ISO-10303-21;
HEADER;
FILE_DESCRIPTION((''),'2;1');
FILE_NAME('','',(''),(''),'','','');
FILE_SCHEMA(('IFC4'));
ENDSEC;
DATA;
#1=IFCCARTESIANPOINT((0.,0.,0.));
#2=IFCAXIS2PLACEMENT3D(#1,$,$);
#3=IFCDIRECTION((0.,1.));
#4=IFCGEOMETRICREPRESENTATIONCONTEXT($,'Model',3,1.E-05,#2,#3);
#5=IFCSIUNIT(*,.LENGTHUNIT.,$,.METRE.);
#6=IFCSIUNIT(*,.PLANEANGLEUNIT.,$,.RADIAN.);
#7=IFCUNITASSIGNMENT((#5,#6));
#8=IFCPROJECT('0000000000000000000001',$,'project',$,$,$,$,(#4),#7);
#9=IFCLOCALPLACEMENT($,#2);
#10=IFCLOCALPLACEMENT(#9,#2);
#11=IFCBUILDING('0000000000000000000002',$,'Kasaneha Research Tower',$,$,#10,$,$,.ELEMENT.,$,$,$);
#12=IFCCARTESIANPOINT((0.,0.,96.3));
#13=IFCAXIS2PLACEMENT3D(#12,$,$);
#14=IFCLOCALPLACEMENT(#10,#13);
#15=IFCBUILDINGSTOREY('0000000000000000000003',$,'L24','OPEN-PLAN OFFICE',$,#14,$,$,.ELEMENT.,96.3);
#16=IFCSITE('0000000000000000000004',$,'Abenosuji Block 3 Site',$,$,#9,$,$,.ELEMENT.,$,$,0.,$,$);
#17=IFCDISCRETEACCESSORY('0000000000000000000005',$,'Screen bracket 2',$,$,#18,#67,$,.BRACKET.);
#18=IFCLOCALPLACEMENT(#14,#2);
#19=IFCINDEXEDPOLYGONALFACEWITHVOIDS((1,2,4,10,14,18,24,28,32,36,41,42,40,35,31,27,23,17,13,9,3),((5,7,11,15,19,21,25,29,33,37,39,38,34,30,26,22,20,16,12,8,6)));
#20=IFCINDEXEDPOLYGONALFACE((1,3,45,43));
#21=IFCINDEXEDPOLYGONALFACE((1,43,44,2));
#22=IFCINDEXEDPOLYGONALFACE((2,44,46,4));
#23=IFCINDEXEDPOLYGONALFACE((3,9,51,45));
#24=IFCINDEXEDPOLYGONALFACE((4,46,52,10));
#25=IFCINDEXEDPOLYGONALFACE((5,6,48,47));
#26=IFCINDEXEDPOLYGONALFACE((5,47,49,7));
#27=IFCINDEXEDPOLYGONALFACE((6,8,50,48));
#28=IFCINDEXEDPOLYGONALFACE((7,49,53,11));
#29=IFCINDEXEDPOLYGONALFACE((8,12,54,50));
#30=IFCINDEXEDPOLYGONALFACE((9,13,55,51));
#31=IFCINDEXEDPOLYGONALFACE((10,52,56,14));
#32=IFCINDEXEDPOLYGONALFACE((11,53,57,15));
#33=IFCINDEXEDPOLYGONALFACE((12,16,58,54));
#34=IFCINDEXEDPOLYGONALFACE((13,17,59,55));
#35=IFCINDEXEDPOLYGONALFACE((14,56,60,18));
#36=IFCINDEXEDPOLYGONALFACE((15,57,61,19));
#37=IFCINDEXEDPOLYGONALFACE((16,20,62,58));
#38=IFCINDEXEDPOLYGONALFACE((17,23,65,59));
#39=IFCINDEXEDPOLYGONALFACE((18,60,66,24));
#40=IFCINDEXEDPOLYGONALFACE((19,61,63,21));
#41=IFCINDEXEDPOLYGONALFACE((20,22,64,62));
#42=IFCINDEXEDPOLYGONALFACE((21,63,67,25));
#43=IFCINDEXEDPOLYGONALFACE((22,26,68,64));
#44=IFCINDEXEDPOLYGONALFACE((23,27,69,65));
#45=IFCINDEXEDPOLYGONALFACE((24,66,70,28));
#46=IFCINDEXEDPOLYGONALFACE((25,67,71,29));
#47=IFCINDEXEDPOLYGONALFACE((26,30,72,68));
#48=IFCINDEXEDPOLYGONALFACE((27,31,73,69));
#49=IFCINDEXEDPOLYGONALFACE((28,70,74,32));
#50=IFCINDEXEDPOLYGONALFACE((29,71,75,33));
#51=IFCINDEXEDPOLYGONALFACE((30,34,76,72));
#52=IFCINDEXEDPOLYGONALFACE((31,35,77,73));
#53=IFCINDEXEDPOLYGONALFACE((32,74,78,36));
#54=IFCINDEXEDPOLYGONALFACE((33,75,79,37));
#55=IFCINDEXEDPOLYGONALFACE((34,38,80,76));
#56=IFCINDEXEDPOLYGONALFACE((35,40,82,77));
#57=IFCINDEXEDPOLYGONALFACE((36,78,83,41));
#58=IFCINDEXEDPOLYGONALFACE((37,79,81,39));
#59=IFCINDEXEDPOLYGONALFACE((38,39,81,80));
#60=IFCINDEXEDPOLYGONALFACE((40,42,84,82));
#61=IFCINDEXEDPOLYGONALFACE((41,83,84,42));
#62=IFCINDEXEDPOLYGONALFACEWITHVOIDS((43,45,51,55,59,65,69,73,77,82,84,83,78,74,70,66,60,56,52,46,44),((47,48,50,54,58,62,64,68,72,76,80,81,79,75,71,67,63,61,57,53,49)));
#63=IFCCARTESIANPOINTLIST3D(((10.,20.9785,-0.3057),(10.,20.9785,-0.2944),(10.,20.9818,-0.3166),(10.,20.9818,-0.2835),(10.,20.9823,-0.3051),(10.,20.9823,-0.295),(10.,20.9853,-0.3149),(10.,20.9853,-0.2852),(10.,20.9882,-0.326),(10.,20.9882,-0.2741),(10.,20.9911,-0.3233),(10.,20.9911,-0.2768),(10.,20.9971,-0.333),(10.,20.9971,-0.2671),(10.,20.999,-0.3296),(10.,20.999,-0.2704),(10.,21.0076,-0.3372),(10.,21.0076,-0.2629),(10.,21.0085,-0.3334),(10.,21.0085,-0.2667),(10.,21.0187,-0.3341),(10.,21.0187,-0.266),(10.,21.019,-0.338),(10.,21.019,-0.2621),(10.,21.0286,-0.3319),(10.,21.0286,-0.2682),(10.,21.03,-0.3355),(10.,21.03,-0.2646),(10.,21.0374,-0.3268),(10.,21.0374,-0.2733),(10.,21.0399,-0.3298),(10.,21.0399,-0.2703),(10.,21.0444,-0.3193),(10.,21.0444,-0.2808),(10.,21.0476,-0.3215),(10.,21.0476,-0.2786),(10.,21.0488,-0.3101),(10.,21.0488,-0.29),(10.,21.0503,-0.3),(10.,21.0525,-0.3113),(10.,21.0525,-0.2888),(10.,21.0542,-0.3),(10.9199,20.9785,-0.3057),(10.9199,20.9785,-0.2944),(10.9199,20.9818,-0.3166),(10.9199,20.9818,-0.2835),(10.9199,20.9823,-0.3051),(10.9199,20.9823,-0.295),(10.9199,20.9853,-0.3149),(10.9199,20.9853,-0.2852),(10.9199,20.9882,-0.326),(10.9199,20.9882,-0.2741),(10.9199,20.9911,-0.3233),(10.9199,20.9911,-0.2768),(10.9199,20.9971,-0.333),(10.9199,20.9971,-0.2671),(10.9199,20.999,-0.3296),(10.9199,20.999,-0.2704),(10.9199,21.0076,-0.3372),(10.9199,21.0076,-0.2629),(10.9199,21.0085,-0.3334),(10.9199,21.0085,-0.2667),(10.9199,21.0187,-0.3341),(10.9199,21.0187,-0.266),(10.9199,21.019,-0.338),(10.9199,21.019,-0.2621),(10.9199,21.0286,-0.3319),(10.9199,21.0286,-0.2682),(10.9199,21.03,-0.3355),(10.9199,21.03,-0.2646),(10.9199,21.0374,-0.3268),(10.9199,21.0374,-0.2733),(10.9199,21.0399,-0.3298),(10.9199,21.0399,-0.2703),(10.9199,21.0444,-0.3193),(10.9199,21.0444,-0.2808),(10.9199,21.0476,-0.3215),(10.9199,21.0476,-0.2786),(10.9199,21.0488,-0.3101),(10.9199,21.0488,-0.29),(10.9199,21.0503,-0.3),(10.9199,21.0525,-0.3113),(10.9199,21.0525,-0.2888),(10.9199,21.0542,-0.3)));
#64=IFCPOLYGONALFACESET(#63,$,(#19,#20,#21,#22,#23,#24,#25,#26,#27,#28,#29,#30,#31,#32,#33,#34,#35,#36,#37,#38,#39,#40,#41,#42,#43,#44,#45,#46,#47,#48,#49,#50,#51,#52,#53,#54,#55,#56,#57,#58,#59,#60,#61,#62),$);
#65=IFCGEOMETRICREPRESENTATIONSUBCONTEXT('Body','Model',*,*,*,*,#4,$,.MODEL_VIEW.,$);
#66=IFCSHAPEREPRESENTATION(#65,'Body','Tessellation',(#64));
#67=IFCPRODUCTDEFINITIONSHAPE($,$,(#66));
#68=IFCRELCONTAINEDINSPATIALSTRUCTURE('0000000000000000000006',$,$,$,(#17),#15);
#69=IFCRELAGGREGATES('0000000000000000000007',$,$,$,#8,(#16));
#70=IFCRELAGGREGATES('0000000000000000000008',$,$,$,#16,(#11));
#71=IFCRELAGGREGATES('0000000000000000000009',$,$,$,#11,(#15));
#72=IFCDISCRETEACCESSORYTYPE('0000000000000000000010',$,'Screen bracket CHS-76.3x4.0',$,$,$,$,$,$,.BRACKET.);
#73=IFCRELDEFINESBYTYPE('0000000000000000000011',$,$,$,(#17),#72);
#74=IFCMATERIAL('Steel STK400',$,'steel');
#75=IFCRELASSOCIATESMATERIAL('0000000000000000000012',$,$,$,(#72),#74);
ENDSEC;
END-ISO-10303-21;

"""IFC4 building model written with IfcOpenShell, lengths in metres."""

from ifc_helpers import new_model, si_unit, direction, frame, origin, origin_2d, place, context, subcontext, project, spatial, hollow_circle, extrude, material, material_profile, profile_set, type_object, element, save


model = new_model("IFC4")

# Units and contexts
model_context = context("Model", 3, precision=1e-05, world=origin(), true_north=direction((0.0, 1.0)))
body_context = subcontext(model_context, "Body", "Model", "MODEL_VIEW")
ifc_project = project(units=[si_unit("LENGTHUNIT", "METRE"), si_unit("PLANEANGLEUNIT", "RADIAN")], contexts=[model_context])

# Site, building, storey
site_placement = place(None, origin())
site = spatial("IfcSite", under=ifc_project, at=site_placement, Name="Abenosuji Block 3 Site", CompositionType="ELEMENT", RefElevation=0.0)
building_placement = place(site_placement, origin())
building = spatial("IfcBuilding", under=site, at=building_placement, Name="Kasaneha Research Tower", CompositionType="ELEMENT")
storey_placement = place(building_placement, frame((0.0, 0.0, 96.3)))
storey = spatial("IfcBuildingStorey", under=building, at=storey_placement, Name="L24", Description="OPEN-PLAN OFFICE", CompositionType="ELEMENT", Elevation=96.3)

# Discrete accessory
ifc_material_1 = material(Name="Steel STK400", Category="steel")
ifc_material_profile_1 = material_profile(ifc_material_1, hollow_circle(Radius=0.0381, WallThickness=0.0039, at=origin_2d()), Name="CHS-76.3x4.0")
ifc_profile_set_1 = profile_set([ifc_material_profile_1], Name="Steel STK400")
discrete_accessory_type = type_object("IfcDiscreteAccessoryType", Name="Screen bracket CHS-76.3x4.0", PredefinedType="BRACKET", material=ifc_profile_set_1)
discrete_accessory_1_placement = place(storey_placement, frame((10.0, 21.0161, -0.3), z_axis=(1.0, 0.0, 0.0), x_axis=(0.0, 1.0, 0.0)))
element("IfcDiscreteAccessory", 1, at=discrete_accessory_1_placement, inside=storey, type_object=discrete_accessory_type, Name="Screen bracket 2", PredefinedType="BRACKET", context=body_context, shape_type="SweptSolid", body=[
    extrude(hollow_circle(Radius=0.0381, WallThickness=0.0039, at=origin_2d()), origin(), (0.0, 0.0, 1.0), 0.9199),
])

save(model, "model.ifc")
